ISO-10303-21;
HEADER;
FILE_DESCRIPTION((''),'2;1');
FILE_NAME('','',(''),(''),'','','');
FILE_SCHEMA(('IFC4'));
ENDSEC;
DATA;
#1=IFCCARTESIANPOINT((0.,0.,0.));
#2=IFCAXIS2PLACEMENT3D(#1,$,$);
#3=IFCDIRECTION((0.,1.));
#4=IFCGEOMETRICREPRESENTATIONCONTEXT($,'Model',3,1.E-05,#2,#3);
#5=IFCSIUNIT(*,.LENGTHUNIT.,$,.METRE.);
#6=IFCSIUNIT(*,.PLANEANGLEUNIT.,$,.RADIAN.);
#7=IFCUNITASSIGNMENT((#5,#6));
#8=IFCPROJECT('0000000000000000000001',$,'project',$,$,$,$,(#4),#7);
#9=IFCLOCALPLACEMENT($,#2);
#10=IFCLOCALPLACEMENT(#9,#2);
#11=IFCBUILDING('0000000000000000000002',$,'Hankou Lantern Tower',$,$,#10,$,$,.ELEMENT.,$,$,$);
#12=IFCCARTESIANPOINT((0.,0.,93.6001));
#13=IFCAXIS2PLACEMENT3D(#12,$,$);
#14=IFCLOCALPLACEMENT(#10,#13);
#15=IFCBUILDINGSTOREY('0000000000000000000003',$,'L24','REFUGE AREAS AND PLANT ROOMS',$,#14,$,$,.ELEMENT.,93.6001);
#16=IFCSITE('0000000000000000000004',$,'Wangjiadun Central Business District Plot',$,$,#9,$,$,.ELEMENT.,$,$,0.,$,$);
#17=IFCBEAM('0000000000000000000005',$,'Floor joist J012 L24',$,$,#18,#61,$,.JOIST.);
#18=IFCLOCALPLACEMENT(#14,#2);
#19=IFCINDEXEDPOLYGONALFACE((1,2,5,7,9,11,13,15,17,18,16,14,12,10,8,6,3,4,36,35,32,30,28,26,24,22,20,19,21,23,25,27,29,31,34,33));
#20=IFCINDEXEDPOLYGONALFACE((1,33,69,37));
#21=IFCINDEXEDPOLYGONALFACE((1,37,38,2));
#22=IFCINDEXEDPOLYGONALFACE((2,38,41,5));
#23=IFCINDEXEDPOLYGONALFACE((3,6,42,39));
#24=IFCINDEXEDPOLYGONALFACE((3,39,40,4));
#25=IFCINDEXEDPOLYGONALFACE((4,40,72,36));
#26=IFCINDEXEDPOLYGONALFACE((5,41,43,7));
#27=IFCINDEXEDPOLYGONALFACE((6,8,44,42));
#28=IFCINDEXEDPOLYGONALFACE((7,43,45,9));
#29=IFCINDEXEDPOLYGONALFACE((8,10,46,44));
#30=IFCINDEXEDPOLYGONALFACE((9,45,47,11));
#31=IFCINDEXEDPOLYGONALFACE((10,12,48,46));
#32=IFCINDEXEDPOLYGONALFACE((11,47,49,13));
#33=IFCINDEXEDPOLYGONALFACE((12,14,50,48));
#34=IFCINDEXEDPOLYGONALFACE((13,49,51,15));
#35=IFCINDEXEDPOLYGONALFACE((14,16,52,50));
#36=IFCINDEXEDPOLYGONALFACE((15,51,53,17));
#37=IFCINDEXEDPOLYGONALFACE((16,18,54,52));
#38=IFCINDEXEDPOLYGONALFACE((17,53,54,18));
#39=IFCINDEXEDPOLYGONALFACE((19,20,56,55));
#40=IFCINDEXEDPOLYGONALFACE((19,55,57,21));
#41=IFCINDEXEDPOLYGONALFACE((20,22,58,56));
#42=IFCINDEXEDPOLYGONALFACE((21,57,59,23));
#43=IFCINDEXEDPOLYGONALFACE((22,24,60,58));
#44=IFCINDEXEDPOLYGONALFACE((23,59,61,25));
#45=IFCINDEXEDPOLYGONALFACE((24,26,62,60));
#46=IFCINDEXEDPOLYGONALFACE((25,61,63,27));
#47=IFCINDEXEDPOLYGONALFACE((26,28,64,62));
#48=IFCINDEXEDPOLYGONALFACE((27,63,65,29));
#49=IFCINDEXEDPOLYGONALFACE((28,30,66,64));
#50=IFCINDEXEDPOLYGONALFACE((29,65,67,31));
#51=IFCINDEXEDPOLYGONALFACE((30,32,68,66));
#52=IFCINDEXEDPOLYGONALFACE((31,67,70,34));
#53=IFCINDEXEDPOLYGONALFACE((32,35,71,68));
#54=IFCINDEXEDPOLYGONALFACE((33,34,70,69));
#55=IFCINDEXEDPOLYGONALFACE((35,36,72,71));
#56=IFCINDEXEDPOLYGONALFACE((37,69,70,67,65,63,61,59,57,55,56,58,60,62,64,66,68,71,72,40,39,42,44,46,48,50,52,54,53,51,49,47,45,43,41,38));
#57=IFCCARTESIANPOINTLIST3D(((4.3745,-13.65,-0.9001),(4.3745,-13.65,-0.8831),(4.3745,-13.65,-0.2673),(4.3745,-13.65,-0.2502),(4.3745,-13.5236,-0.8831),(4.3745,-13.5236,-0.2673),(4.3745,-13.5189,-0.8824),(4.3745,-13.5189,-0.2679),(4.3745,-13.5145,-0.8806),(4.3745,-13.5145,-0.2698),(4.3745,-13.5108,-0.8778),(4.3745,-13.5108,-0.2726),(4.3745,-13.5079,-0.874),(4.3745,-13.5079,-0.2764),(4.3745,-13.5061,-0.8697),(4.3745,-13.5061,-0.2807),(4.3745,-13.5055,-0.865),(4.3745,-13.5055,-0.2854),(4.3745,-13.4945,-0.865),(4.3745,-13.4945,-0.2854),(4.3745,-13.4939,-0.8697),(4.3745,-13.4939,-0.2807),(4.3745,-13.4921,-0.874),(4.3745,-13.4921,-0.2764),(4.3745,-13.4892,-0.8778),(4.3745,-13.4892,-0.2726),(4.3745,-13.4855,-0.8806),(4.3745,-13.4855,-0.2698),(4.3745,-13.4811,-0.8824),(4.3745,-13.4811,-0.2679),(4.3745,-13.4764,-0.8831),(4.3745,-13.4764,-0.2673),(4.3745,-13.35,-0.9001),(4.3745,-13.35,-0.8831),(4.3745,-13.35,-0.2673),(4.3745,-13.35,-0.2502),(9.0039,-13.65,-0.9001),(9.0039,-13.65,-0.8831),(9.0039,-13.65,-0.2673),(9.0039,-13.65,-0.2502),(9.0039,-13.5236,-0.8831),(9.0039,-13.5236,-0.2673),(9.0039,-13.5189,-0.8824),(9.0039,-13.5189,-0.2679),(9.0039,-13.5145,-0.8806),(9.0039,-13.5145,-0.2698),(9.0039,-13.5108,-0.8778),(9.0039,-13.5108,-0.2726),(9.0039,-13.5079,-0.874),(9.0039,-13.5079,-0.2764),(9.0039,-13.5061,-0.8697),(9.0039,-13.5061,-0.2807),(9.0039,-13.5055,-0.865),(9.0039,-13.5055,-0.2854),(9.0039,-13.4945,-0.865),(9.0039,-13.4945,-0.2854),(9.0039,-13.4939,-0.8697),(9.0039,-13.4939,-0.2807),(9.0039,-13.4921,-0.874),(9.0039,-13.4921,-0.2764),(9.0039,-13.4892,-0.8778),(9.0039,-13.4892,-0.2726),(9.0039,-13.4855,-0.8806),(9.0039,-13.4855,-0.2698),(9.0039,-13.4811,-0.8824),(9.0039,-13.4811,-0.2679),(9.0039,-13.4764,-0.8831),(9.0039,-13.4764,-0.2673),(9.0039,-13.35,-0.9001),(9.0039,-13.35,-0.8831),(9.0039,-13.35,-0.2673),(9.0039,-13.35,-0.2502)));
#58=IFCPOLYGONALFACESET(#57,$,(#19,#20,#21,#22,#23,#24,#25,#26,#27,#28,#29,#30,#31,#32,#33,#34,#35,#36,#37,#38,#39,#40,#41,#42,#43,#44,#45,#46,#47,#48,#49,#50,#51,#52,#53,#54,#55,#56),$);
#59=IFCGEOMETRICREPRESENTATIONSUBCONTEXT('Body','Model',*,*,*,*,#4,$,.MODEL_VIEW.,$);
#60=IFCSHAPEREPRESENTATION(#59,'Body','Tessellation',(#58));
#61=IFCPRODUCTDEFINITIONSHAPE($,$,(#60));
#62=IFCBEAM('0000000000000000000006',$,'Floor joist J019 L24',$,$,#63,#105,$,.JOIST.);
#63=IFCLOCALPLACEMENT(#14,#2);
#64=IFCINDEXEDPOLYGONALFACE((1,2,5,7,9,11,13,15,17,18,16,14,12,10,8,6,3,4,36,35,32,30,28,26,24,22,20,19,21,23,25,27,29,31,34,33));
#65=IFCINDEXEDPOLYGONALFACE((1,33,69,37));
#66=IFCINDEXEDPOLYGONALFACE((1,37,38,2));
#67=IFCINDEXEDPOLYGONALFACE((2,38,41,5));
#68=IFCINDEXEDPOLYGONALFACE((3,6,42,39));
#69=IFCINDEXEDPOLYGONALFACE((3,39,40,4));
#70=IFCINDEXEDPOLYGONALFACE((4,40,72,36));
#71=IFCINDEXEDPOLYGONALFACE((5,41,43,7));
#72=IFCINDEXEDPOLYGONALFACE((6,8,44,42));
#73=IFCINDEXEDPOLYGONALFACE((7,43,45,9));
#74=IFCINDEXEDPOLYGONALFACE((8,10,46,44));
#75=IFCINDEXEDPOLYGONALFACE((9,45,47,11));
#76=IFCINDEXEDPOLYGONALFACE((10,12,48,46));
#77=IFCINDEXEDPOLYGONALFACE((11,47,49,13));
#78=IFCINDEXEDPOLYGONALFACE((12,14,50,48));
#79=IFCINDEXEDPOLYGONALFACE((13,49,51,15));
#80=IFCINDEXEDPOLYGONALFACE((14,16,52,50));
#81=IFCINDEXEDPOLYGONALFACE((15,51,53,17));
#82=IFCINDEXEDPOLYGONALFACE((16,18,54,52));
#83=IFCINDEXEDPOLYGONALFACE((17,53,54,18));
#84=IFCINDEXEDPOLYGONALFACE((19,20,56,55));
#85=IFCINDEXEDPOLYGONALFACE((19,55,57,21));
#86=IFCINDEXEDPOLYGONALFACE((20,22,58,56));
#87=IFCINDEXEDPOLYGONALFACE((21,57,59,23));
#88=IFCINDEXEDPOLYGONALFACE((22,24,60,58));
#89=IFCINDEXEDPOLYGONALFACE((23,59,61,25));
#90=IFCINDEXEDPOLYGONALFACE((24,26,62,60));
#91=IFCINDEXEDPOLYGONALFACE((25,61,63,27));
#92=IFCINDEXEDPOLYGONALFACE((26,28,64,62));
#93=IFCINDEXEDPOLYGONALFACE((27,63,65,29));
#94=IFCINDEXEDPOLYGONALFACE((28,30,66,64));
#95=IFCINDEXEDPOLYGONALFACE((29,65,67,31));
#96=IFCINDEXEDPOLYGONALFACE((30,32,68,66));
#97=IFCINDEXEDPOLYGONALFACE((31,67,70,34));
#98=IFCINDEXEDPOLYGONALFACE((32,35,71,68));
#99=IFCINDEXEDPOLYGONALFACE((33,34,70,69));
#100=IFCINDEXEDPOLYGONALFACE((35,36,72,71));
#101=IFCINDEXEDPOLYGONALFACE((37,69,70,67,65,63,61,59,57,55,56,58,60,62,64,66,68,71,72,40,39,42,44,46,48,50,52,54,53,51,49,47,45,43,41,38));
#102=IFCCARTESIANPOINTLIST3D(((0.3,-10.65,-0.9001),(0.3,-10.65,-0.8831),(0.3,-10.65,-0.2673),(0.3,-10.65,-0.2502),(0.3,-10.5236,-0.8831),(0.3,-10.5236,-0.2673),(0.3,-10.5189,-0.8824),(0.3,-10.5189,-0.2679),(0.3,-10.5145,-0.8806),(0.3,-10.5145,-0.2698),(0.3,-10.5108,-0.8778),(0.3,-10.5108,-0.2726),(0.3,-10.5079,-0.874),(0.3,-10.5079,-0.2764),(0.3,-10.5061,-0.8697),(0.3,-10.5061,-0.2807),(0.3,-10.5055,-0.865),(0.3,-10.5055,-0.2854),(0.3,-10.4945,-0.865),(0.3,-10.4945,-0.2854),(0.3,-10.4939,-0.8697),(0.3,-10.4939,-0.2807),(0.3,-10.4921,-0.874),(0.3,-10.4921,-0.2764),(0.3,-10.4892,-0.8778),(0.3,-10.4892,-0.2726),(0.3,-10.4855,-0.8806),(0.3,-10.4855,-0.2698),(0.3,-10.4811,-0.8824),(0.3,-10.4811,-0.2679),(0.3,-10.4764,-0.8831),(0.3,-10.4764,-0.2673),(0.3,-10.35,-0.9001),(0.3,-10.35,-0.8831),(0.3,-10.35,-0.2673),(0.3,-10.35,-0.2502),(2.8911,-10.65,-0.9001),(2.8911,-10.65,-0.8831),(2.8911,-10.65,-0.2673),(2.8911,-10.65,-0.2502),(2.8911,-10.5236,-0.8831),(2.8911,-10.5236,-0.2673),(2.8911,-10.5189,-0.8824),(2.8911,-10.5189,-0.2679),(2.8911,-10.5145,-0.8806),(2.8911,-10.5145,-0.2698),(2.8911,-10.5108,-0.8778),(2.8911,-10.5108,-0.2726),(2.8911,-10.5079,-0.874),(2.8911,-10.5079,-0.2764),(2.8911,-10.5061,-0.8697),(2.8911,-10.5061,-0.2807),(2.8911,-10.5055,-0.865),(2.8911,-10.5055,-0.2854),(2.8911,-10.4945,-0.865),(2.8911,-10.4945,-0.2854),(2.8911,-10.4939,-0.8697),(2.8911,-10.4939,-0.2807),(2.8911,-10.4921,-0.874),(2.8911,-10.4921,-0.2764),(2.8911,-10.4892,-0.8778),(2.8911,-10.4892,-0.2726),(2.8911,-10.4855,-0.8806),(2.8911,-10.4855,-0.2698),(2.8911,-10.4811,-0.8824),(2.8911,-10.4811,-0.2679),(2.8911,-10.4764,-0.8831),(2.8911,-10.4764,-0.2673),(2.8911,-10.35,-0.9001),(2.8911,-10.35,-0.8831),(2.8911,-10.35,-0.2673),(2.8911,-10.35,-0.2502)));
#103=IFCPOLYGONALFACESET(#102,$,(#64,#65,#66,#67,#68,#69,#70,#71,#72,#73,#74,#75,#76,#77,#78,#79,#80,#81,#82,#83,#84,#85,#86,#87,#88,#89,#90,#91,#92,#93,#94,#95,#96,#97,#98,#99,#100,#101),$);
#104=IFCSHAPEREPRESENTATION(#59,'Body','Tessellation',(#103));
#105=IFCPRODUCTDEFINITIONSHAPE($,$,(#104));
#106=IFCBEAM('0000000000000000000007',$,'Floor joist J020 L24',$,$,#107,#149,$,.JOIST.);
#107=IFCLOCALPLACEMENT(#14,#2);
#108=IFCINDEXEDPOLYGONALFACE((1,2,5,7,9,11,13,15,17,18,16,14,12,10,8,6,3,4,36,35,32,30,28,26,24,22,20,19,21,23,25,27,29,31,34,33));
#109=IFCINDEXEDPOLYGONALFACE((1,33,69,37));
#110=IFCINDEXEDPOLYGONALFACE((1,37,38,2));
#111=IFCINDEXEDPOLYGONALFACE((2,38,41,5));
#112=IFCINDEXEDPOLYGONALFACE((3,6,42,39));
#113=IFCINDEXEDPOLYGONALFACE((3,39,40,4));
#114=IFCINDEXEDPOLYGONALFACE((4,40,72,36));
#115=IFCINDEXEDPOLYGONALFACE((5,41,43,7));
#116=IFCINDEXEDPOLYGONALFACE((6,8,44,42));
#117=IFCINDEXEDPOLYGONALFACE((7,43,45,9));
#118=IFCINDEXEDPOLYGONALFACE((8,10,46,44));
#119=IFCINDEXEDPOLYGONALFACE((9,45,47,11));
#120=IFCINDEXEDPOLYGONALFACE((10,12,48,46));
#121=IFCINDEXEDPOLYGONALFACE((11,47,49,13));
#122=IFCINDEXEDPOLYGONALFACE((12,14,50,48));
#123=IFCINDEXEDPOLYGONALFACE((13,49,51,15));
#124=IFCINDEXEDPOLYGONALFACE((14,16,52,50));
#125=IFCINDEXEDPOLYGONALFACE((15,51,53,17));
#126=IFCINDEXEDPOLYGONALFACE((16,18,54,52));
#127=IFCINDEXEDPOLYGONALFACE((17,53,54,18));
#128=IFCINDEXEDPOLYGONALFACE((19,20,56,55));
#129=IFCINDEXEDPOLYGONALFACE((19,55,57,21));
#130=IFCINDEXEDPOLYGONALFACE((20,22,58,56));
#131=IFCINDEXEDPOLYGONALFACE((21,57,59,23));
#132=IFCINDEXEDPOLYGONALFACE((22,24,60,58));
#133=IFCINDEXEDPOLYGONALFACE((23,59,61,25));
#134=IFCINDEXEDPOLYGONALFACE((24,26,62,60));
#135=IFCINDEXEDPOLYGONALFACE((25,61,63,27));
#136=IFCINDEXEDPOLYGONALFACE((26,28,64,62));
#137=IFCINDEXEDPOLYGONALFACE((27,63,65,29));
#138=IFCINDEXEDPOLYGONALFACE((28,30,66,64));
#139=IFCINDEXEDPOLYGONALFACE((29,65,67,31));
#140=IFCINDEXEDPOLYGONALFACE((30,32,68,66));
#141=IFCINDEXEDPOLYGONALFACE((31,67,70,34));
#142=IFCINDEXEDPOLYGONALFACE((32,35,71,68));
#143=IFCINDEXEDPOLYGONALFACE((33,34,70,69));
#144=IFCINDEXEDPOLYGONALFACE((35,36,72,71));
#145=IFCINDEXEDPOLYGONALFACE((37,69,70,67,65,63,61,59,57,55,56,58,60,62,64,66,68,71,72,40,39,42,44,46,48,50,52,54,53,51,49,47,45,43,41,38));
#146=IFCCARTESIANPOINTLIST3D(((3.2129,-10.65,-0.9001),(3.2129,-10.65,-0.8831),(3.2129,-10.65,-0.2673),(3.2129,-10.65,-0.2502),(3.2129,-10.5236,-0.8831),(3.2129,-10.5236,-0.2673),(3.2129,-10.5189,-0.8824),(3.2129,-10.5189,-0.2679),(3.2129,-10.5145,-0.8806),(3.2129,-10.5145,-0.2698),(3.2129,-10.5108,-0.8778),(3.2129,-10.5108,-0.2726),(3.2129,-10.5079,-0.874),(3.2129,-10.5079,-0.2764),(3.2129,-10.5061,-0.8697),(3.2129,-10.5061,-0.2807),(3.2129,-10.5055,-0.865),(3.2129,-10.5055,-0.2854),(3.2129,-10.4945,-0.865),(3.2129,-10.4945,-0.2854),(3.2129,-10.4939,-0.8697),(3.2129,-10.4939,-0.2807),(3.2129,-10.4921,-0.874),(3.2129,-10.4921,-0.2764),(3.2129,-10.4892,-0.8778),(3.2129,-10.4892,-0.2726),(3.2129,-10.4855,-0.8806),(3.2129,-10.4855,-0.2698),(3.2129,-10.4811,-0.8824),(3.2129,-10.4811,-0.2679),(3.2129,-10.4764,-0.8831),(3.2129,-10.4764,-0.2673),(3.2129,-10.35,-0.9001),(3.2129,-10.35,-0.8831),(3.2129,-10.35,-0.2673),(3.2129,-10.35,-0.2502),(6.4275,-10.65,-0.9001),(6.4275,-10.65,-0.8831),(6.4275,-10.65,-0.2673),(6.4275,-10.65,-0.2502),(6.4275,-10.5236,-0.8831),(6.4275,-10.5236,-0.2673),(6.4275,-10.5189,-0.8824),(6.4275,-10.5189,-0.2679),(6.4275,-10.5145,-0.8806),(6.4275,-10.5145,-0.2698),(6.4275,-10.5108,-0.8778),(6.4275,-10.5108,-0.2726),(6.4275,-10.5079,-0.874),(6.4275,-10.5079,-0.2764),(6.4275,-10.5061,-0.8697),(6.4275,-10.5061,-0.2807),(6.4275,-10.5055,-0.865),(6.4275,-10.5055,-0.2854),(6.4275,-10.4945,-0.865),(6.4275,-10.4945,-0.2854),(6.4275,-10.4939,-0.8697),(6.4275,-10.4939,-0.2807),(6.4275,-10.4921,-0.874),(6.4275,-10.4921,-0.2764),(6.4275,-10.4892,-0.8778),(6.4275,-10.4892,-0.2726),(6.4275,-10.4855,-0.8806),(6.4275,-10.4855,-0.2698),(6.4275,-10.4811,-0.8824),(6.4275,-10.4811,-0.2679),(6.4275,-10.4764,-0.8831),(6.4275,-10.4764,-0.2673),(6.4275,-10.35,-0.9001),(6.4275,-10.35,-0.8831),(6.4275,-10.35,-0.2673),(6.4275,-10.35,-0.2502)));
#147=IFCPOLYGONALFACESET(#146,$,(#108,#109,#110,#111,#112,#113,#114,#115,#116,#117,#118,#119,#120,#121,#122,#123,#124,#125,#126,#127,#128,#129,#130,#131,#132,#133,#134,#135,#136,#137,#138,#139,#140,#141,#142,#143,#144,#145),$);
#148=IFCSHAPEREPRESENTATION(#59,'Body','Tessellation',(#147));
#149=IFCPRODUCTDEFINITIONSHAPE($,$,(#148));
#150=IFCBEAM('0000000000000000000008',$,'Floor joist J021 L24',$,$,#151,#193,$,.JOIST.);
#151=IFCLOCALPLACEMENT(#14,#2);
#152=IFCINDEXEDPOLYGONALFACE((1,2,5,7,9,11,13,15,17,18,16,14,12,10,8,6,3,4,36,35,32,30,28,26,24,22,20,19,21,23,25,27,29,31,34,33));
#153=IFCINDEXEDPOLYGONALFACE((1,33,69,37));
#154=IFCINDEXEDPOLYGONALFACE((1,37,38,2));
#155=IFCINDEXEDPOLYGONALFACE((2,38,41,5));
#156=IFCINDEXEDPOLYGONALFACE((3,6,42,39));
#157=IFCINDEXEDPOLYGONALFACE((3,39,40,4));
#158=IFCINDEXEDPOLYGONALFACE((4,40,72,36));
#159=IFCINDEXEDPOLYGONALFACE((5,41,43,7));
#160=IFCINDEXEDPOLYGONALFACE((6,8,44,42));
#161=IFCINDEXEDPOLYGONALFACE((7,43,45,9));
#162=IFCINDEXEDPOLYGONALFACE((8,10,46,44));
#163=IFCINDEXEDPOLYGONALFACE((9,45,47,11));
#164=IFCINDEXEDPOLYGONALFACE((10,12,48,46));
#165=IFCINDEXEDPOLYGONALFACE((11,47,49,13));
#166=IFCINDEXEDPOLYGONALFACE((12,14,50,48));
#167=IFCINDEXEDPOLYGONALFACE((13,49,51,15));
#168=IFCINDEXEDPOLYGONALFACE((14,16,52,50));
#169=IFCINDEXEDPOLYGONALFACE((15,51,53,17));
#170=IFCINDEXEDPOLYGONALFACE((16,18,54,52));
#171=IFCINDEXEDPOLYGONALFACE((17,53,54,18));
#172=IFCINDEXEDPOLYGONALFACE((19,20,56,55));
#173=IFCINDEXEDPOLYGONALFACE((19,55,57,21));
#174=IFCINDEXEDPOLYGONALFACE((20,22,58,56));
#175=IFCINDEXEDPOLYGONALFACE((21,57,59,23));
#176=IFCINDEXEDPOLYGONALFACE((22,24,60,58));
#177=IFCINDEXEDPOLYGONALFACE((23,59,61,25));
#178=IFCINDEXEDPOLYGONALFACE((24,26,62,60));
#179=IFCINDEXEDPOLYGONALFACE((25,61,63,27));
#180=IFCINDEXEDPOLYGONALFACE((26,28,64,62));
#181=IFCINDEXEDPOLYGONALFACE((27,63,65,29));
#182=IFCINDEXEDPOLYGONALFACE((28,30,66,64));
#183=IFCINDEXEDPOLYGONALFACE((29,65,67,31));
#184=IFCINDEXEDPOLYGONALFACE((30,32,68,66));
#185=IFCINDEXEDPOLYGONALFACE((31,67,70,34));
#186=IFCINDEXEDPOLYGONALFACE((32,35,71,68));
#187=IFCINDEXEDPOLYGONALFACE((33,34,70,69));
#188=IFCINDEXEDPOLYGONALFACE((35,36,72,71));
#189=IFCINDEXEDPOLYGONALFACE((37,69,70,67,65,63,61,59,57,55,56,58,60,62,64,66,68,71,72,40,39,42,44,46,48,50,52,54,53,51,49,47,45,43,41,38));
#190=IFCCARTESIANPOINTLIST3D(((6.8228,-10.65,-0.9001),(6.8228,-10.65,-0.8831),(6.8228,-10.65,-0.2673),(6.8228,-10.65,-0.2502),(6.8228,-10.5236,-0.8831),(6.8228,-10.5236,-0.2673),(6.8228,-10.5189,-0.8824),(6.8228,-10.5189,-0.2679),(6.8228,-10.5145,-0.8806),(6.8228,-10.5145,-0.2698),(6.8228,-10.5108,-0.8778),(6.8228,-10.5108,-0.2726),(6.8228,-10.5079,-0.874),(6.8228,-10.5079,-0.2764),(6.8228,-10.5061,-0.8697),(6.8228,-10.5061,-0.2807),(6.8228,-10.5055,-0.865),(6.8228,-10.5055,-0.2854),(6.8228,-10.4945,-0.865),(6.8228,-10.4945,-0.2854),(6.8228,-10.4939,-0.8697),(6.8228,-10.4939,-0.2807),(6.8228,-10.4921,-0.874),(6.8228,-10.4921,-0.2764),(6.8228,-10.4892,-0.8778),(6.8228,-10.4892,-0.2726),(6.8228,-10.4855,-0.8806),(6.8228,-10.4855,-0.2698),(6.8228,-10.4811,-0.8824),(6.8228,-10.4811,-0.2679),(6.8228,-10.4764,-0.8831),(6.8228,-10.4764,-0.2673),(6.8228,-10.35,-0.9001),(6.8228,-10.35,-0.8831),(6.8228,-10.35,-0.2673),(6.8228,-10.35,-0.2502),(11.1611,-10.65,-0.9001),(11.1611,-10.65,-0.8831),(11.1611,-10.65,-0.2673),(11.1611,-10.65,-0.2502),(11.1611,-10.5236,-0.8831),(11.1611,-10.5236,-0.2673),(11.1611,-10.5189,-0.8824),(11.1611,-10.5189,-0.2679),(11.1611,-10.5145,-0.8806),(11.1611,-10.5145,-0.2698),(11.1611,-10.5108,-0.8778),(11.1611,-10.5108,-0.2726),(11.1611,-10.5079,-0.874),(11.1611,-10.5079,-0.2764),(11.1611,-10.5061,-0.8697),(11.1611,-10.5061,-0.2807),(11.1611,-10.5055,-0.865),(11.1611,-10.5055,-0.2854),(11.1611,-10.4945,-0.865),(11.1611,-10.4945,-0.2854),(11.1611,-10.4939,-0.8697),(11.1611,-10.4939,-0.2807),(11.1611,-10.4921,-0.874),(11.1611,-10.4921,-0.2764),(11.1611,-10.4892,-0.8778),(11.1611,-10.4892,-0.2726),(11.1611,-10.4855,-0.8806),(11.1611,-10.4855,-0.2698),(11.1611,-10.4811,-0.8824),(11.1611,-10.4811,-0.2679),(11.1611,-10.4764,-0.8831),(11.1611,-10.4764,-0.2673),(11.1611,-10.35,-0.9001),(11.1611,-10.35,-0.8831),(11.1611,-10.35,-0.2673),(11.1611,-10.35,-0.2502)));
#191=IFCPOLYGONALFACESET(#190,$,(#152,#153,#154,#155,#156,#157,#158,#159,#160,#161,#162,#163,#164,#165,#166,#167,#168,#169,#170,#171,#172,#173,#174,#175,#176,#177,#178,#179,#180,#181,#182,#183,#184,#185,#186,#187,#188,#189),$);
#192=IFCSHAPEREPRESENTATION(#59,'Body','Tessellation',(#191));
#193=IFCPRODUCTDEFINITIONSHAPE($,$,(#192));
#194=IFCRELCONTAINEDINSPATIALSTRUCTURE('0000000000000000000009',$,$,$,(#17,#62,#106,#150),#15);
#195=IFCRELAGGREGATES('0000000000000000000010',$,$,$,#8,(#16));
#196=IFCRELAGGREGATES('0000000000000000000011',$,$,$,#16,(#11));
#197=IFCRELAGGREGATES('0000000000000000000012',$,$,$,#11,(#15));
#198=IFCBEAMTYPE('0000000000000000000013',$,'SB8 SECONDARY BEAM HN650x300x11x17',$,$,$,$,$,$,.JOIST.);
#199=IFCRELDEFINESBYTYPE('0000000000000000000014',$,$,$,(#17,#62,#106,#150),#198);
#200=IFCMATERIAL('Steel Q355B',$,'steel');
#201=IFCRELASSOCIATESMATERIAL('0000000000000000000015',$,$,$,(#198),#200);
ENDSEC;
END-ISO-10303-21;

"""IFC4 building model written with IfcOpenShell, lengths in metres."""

from ifc_helpers import new_model, si_unit, direction, frame, origin, origin_2d, place, context, subcontext, project, spatial, i_section, extrude, material, material_profile, profile_set, type_object, element, save


model = new_model("IFC4")

# Units and contexts
model_context = context("Model", 3, precision=1e-05, world=origin(), true_north=direction((0.0, 1.0)))
body_context = subcontext(model_context, "Body", "Model", "MODEL_VIEW")
ifc_project = project(units=[si_unit("LENGTHUNIT", "METRE"), si_unit("PLANEANGLEUNIT", "RADIAN")], contexts=[model_context])

# Site, building, storey
site_placement = place(None, origin())
site = spatial("IfcSite", under=ifc_project, at=site_placement, Name="Wangjiadun Central Business District Plot", CompositionType="ELEMENT", RefElevation=0.0)
building_placement = place(site_placement, origin())
building = spatial("IfcBuilding", under=site, at=building_placement, Name="Hankou Lantern Tower", CompositionType="ELEMENT")
storey_placement = place(building_placement, frame((0.0, 0.0, 93.6001)))
storey = spatial("IfcBuildingStorey", under=building, at=storey_placement, Name="L24", Description="REFUGE AREAS AND PLANT ROOMS", CompositionType="ELEMENT", Elevation=93.6001)

# Beams
ifc_material_1 = material(Name="Steel Q355B", Category="steel")
ifc_material_profile_1 = material_profile(ifc_material_1, i_section(OverallWidth=0.3, OverallDepth=0.6499, WebThickness=0.011, FlangeThickness=0.0171, FilletRadius=0.0181, at=origin_2d()), Name="HN650x300x11x17")
ifc_profile_set_1 = profile_set([ifc_material_profile_1], Name="Steel Q355B")
beam_type_1 = type_object("IfcBeamType", Name="SB8 SECONDARY BEAM HN650x300x11x17", PredefinedType="JOIST", material=ifc_profile_set_1)
beam_1_placement = place(storey_placement, frame((4.3745, -13.5, -0.5752), z_axis=(1.0, 0.0, 0.0), x_axis=(0.0, 1.0, 0.0)))
element("IfcBeam", 1, at=beam_1_placement, inside=storey, type_object=beam_type_1, Name="Floor joist J012 L24", PredefinedType="JOIST", context=body_context, shape_type="SweptSolid", body=[
    extrude(i_section(OverallWidth=0.3, OverallDepth=0.6499, WebThickness=0.011, FlangeThickness=0.0171, FilletRadius=0.0181, at=origin_2d()), origin(), (0.0, 0.0, 1.0), 4.6294),
])
beam_2_placement = place(storey_placement, frame((0.3, -10.5, -0.5752), z_axis=(1.0, 0.0, 0.0), x_axis=(0.0, 1.0, 0.0)))
element("IfcBeam", 2, at=beam_2_placement, inside=storey, type_object=beam_type_1, Name="Floor joist J019 L24", PredefinedType="JOIST", context=body_context, shape_type="SweptSolid", body=[
    extrude(i_section(OverallWidth=0.3, OverallDepth=0.6499, WebThickness=0.011, FlangeThickness=0.0171, FilletRadius=0.0181, at=origin_2d()), origin(), (0.0, 0.0, 1.0), 2.5911),
])
beam_3_placement = place(storey_placement, frame((3.2129, -10.5, -0.5752), z_axis=(1.0, 0.0, 0.0), x_axis=(0.0, 1.0, 0.0)))
element("IfcBeam", 3, at=beam_3_placement, inside=storey, type_object=beam_type_1, Name="Floor joist J020 L24", PredefinedType="JOIST", context=body_context, shape_type="SweptSolid", body=[
    extrude(i_section(OverallWidth=0.3, OverallDepth=0.6499, WebThickness=0.011, FlangeThickness=0.0171, FilletRadius=0.0181, at=origin_2d()), origin(), (0.0, 0.0, 1.0), 3.2146),
])
beam_4_placement = place(storey_placement, frame((6.8228, -10.5, -0.5752), z_axis=(1.0, 0.0, 0.0), x_axis=(0.0, 1.0, 0.0)))
element("IfcBeam", 4, at=beam_4_placement, inside=storey, type_object=beam_type_1, Name="Floor joist J021 L24", PredefinedType="JOIST", context=body_context, shape_type="SweptSolid", body=[
    extrude(i_section(OverallWidth=0.3, OverallDepth=0.6499, WebThickness=0.011, FlangeThickness=0.0171, FilletRadius=0.0181, at=origin_2d()), origin(), (0.0, 0.0, 1.0), 4.3384),
])

save(model, "model.ifc")
